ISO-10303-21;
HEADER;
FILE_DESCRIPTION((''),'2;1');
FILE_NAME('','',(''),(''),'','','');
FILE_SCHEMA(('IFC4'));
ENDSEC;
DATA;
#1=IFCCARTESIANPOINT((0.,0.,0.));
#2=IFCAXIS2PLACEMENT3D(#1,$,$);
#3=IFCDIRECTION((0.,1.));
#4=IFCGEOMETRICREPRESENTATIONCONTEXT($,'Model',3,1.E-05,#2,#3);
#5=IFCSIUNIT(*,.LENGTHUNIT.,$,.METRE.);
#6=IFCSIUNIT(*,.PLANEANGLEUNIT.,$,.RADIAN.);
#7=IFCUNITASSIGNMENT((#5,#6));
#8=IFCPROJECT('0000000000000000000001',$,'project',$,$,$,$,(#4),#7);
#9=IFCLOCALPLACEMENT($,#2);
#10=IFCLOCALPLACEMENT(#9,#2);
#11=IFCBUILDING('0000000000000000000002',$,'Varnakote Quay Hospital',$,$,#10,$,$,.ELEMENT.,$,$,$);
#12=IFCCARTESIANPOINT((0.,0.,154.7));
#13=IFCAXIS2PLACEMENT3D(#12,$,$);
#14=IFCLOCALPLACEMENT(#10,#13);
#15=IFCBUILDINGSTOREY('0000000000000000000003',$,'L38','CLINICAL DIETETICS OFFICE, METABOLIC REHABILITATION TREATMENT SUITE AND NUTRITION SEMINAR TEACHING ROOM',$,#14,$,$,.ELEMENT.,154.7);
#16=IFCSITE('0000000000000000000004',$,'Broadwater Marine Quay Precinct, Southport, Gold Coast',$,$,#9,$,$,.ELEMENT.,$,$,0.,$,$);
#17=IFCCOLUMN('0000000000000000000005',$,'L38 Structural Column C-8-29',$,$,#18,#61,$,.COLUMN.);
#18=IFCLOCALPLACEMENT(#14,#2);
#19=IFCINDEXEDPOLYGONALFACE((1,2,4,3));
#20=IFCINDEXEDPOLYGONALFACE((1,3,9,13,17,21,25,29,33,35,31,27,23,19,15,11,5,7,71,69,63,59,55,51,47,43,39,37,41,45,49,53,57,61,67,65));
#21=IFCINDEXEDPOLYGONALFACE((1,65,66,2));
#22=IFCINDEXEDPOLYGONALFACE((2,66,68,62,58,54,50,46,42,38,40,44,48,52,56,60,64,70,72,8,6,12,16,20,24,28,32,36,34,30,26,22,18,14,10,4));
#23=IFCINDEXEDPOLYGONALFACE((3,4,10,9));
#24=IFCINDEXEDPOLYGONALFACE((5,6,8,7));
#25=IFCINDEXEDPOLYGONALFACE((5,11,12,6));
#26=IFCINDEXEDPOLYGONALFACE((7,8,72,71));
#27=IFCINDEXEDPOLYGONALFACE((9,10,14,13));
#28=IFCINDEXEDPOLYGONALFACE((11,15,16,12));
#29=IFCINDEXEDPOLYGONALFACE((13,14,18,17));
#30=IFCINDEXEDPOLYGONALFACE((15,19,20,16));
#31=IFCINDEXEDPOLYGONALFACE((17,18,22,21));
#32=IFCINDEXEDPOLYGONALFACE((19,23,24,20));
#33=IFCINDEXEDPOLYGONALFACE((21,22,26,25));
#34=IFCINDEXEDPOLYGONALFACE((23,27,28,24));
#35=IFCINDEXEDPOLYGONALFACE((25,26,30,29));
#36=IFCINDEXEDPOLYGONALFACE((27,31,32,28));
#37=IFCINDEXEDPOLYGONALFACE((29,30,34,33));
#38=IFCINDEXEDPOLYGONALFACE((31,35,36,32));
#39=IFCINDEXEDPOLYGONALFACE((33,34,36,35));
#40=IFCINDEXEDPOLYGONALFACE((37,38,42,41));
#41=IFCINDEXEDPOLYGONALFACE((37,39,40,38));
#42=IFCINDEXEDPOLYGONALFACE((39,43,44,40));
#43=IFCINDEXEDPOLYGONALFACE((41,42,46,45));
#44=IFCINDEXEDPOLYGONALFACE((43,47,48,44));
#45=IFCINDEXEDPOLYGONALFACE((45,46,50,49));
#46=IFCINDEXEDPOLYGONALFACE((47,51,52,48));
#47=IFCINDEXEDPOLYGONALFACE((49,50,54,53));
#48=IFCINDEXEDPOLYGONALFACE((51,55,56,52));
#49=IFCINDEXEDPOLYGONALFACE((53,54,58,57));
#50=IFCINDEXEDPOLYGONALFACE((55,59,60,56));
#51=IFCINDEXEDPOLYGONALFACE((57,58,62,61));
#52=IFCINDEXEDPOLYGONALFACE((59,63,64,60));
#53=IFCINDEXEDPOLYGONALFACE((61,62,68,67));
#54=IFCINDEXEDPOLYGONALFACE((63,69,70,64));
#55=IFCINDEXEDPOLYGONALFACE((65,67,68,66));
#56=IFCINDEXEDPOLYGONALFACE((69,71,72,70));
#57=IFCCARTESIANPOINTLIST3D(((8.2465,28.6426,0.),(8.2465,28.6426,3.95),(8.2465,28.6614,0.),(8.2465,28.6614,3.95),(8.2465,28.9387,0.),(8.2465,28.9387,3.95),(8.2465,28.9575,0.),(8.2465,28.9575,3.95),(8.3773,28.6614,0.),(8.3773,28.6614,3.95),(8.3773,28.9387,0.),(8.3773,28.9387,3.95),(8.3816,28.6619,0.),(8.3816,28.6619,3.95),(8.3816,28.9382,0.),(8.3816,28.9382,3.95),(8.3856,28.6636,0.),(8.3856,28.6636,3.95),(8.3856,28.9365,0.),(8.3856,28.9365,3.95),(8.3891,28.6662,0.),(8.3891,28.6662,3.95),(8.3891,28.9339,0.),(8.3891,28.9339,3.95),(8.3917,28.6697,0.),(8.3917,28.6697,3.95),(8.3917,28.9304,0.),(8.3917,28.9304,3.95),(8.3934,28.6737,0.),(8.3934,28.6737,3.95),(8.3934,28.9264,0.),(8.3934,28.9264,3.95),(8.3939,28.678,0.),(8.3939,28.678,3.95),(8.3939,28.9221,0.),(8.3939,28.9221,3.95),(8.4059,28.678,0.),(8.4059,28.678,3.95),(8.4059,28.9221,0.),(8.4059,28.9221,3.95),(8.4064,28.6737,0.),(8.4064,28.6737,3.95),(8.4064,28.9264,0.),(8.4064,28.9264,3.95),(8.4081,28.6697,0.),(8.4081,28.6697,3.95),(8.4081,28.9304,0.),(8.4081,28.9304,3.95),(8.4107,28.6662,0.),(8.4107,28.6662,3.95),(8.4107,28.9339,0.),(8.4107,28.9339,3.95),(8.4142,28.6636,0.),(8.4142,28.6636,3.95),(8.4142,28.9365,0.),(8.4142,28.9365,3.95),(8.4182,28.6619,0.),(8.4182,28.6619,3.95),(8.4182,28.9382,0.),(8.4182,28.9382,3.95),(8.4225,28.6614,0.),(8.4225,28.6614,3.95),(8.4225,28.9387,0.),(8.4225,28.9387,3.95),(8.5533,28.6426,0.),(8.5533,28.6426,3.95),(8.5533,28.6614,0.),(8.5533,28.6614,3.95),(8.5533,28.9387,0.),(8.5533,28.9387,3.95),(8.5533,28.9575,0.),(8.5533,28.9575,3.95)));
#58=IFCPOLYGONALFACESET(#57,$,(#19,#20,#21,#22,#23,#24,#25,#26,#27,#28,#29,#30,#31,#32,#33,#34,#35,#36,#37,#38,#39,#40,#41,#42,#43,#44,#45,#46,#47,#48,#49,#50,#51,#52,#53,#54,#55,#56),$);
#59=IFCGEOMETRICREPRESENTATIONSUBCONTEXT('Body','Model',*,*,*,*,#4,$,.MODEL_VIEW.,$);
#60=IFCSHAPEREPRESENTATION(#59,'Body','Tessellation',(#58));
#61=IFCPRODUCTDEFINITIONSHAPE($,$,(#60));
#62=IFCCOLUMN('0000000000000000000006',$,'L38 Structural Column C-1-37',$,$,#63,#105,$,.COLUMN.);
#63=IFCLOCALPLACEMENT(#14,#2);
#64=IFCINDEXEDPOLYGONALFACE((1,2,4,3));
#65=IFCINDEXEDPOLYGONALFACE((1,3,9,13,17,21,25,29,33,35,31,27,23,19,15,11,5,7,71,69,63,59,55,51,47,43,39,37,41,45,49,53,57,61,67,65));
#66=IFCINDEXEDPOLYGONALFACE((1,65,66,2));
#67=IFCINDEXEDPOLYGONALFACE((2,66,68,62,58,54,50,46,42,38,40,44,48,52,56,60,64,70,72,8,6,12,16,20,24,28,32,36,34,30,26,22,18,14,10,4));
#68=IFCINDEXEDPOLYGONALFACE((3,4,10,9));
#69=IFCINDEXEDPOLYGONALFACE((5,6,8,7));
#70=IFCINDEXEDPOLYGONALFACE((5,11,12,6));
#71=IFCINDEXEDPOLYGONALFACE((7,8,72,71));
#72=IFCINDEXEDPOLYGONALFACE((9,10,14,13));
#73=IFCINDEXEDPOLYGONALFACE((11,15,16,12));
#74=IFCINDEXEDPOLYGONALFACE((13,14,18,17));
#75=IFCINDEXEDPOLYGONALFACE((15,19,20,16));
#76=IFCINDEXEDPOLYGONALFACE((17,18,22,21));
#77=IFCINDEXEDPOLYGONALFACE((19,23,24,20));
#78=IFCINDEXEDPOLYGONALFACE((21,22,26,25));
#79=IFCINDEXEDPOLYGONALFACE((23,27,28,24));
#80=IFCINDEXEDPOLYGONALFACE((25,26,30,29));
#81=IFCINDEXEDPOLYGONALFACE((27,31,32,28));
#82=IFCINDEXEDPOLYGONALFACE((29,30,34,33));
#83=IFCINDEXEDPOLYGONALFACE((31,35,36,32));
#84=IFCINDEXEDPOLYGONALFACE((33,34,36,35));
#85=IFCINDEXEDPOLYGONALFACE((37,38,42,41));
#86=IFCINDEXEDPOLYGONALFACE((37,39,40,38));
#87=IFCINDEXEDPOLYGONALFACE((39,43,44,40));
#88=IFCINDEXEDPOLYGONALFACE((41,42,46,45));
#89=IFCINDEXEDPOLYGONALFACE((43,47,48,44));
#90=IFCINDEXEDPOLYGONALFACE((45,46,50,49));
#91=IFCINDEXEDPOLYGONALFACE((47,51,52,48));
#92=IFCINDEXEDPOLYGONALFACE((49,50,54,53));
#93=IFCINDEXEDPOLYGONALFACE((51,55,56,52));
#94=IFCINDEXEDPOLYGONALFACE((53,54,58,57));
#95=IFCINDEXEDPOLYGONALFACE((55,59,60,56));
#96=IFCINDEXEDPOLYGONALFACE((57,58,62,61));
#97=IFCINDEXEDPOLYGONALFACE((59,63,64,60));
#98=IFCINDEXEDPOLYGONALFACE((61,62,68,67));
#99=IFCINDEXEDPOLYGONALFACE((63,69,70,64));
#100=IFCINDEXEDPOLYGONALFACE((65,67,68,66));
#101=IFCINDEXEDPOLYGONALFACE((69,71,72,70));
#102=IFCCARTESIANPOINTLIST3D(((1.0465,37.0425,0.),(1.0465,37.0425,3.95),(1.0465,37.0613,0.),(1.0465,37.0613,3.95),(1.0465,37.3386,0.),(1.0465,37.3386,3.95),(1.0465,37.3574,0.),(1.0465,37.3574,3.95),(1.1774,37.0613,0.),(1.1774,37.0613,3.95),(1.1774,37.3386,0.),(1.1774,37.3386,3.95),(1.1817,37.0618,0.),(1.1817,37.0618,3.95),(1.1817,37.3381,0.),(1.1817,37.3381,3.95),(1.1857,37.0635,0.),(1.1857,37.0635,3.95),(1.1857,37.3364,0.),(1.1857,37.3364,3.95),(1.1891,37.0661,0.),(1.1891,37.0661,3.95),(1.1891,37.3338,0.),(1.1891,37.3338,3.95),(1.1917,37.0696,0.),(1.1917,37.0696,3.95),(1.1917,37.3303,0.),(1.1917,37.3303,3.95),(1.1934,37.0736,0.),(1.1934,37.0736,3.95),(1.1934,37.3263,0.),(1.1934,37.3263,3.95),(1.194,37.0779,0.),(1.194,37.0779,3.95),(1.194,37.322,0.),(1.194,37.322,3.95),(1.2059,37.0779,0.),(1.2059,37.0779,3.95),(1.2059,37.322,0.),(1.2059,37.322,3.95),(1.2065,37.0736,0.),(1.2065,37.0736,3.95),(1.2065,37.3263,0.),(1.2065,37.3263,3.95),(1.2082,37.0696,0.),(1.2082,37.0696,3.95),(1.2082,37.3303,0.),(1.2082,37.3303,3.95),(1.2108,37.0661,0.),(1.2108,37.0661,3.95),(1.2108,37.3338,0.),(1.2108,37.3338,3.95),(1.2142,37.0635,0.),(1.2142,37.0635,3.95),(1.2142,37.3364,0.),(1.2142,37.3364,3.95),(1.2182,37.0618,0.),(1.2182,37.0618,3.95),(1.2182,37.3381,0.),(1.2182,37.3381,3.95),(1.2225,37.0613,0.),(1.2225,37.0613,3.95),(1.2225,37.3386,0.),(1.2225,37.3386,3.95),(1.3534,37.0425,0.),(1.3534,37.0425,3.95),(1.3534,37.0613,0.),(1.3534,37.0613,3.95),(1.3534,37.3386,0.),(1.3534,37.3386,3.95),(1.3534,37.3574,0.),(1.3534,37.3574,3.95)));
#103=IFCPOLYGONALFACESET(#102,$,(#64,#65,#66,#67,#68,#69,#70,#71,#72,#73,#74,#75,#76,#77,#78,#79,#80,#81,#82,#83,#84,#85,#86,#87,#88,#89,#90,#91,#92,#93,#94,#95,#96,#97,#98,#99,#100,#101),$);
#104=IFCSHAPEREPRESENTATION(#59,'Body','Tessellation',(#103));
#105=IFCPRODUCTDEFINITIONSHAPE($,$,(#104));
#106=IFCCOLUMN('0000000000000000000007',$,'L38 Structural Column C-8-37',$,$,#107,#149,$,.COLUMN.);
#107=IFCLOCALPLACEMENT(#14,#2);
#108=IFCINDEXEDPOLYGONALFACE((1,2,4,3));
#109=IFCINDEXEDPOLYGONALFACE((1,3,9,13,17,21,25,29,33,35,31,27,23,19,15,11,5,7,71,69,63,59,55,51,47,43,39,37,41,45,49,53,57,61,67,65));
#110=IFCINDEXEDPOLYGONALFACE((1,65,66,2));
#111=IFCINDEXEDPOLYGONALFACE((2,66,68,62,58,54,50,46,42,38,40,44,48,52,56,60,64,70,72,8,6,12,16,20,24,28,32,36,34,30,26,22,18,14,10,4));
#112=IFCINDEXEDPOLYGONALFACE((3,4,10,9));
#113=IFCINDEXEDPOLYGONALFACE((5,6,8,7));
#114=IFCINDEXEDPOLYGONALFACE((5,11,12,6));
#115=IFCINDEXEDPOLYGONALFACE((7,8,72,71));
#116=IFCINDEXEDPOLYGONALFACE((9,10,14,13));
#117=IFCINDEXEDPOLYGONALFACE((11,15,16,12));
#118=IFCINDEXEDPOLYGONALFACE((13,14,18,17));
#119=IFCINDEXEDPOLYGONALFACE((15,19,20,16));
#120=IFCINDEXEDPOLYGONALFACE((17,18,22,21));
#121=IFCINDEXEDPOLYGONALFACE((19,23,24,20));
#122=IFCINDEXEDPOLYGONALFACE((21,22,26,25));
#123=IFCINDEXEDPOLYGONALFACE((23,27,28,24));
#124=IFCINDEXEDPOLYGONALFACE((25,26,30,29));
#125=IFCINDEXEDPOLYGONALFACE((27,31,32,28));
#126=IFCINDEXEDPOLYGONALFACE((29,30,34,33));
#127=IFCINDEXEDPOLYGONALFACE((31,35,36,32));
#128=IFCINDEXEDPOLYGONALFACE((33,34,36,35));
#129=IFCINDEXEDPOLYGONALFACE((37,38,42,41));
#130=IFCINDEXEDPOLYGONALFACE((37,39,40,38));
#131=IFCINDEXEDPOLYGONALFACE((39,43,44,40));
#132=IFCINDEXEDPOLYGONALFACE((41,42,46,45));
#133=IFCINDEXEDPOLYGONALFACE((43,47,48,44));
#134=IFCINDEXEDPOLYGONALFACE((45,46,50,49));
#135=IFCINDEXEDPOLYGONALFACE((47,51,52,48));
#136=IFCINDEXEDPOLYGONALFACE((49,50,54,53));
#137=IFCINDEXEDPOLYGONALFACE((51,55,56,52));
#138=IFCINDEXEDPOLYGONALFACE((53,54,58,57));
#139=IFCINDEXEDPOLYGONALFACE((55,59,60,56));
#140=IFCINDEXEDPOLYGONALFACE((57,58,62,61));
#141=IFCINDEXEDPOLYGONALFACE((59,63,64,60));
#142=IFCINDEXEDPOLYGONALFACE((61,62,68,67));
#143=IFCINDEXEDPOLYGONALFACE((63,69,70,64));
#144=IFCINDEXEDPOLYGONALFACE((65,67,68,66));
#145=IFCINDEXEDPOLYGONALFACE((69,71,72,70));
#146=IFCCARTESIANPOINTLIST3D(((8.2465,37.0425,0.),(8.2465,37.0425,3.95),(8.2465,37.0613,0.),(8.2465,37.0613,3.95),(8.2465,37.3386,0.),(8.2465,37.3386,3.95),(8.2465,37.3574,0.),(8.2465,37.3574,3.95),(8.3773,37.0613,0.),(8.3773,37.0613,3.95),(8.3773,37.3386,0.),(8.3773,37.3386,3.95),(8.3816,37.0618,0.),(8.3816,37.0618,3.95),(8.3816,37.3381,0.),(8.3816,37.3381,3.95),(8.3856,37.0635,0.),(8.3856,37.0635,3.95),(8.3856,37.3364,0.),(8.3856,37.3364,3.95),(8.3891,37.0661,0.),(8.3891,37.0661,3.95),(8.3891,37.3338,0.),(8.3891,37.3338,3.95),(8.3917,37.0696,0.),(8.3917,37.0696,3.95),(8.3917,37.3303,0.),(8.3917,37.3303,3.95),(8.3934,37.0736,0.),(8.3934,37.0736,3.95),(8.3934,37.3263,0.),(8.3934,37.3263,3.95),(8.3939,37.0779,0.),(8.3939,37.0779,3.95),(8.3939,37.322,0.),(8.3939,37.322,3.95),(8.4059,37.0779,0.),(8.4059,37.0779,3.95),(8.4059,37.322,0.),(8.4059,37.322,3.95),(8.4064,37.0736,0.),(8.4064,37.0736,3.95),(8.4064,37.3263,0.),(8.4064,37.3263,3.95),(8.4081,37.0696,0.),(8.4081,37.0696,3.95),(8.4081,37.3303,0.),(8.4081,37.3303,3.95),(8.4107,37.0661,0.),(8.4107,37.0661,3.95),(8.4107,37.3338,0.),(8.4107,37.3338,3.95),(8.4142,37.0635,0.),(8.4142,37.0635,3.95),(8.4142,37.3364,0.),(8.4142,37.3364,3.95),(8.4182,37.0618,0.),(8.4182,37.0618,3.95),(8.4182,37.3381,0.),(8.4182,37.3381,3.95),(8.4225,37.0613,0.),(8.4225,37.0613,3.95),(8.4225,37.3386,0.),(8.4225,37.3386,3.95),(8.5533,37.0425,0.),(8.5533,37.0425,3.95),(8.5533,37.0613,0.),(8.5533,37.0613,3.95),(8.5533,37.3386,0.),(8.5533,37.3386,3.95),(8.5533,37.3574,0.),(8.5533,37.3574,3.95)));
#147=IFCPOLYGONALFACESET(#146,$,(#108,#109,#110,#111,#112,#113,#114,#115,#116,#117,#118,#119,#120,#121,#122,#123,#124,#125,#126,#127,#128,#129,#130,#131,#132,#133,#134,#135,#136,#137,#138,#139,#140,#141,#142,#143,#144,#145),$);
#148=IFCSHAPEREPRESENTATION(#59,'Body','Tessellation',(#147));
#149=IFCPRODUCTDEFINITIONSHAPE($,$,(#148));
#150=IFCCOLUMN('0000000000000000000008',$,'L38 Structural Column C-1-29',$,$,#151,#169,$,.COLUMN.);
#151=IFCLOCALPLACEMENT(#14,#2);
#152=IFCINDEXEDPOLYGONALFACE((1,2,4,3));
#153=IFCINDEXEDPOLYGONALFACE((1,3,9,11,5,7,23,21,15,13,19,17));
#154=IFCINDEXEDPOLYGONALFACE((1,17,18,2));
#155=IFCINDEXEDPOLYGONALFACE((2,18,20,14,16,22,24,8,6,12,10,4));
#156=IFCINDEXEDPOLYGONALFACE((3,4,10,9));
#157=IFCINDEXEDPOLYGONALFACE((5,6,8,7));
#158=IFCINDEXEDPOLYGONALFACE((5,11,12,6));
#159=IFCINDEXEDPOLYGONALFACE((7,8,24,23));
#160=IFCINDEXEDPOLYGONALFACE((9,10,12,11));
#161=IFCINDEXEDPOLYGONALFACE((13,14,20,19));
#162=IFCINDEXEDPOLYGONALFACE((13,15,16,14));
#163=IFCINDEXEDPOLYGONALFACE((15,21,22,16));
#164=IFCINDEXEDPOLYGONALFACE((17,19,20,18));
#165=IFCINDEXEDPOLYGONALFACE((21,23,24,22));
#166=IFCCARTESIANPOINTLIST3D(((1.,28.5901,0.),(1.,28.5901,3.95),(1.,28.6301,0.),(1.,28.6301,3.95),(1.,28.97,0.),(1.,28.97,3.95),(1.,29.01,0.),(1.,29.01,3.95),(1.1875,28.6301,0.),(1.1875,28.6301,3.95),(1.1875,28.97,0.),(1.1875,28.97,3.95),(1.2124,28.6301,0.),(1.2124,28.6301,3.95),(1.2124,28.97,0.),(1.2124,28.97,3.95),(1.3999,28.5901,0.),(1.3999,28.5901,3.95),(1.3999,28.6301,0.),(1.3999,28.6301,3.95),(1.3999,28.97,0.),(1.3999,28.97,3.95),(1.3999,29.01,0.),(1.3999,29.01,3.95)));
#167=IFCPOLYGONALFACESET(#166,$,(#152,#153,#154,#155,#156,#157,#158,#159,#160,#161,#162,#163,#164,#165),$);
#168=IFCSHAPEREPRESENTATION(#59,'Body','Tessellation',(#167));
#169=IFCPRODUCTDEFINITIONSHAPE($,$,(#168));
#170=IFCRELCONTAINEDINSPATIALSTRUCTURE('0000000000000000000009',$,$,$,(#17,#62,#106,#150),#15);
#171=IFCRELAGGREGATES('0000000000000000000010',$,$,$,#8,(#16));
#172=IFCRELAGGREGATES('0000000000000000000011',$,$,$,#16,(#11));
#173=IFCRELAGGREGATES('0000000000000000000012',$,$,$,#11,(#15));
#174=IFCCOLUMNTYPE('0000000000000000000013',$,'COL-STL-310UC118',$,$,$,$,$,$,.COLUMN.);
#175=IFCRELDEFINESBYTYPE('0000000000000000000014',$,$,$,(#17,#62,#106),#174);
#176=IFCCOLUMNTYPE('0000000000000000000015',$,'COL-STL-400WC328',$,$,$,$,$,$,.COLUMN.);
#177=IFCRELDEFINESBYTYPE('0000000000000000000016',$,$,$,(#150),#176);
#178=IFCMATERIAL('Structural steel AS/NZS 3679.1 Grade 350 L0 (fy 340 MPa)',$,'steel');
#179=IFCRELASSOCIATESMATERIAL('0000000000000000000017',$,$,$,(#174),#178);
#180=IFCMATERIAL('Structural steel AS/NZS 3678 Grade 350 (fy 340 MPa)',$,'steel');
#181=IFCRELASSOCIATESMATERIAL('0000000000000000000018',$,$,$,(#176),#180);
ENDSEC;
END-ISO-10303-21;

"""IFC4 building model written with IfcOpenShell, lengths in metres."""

from ifc_helpers import new_model, si_unit, direction, frame, origin, origin_2d, place, context, subcontext, project, spatial, i_section, extrude, material, material_profile, profile_set, type_object, element, save


model = new_model("IFC4")

# Units and contexts
model_context = context("Model", 3, precision=1e-05, world=origin(), true_north=direction((0.0, 1.0)))
body_context = subcontext(model_context, "Body", "Model", "MODEL_VIEW")
ifc_project = project(units=[si_unit("LENGTHUNIT", "METRE"), si_unit("PLANEANGLEUNIT", "RADIAN")], contexts=[model_context])

# Site, building, storey
site_placement = place(None, origin())
site = spatial("IfcSite", under=ifc_project, at=site_placement, Name="Broadwater Marine Quay Precinct, Southport, Gold Coast", CompositionType="ELEMENT", RefElevation=0.0)
building_placement = place(site_placement, origin())
building = spatial("IfcBuilding", under=site, at=building_placement, Name="Varnakote Quay Hospital", CompositionType="ELEMENT")
storey_placement = place(building_placement, frame((0.0, 0.0, 154.7)))
storey = spatial("IfcBuildingStorey", under=building, at=storey_placement, Name="L38", Description="CLINICAL DIETETICS OFFICE, METABOLIC REHABILITATION TREATMENT SUITE AND NUTRITION SEMINAR TEACHING ROOM", CompositionType="ELEMENT", Elevation=154.7)

# Columns
ifc_material_1 = material(Name="Structural steel AS/NZS 3679.1 Grade 350 L0 (fy 340 MPa)", Category="steel")
ifc_material_profile_1 = material_profile(ifc_material_1, i_section(OverallWidth=0.3069, OverallDepth=0.3149, WebThickness=0.012, FlangeThickness=0.0188, FilletRadius=0.0166, at=origin_2d()), Name="310UC118")
ifc_profile_set_1 = profile_set([ifc_material_profile_1], Name="Structural steel AS/NZS 3679.1 Grade 350 L0 (fy 340 MPa)")
column_type_1 = type_object("IfcColumnType", Name="COL-STL-310UC118", PredefinedType="COLUMN", material=ifc_profile_set_1)
for number, where, z_axis, x_axis, name in (
    (1, (8.3999, 28.8, 0.0), (0.0, 0.0, 1.0), (1.0, 0.0, 0.0), "L38 Structural Column C-8-29"),
    (2, (1.2, 37.2, 0.0), (0.0, 0.0, 1.0), (1.0, 0.0, 0.0), "L38 Structural Column C-1-37"),
    (3, (8.3999, 37.2, 0.0), (0.0, 0.0, 1.0), (1.0, 0.0, 0.0), "L38 Structural Column C-8-37"),
):
    element("IfcColumn", number, at=place(storey_placement, frame(where, z_axis=z_axis, x_axis=x_axis)), inside=storey, type_object=column_type_1, Name=name, PredefinedType="COLUMN", context=body_context, shape_type="SweptSolid", body=[
        extrude(i_section(OverallWidth=0.3069, OverallDepth=0.3149, WebThickness=0.012, FlangeThickness=0.0188, FilletRadius=0.0166, at=origin_2d()), origin(), (0.0, 0.0, 1.0), 3.95),
    ])
ifc_material_2 = material(Name="Structural steel AS/NZS 3678 Grade 350 (fy 340 MPa)", Category="steel")
ifc_material_profile_2 = material_profile(ifc_material_2, i_section(OverallWidth=0.3999, OverallDepth=0.4199, WebThickness=0.0249, FlangeThickness=0.04, at=origin_2d()), Name="400WC328")
ifc_profile_set_2 = profile_set([ifc_material_profile_2], Name="Structural steel AS/NZS 3678 Grade 350 (fy 340 MPa)")
column_type_2 = type_object("IfcColumnType", Name="COL-STL-400WC328", PredefinedType="COLUMN", material=ifc_profile_set_2)
column_placement = place(storey_placement, frame((1.2, 28.8, 0.0), z_axis=(0.0, 0.0, 1.0), x_axis=(1.0, 0.0, 0.0)))
element("IfcColumn", 4, at=column_placement, inside=storey, type_object=column_type_2, Name="L38 Structural Column C-1-29", PredefinedType="COLUMN", context=body_context, shape_type="SweptSolid", body=[
    extrude(i_section(OverallWidth=0.3999, OverallDepth=0.4199, WebThickness=0.0249, FlangeThickness=0.04, at=origin_2d()), origin(), (0.0, 0.0, 1.0), 3.95),
])

save(model, "model.ifc")
